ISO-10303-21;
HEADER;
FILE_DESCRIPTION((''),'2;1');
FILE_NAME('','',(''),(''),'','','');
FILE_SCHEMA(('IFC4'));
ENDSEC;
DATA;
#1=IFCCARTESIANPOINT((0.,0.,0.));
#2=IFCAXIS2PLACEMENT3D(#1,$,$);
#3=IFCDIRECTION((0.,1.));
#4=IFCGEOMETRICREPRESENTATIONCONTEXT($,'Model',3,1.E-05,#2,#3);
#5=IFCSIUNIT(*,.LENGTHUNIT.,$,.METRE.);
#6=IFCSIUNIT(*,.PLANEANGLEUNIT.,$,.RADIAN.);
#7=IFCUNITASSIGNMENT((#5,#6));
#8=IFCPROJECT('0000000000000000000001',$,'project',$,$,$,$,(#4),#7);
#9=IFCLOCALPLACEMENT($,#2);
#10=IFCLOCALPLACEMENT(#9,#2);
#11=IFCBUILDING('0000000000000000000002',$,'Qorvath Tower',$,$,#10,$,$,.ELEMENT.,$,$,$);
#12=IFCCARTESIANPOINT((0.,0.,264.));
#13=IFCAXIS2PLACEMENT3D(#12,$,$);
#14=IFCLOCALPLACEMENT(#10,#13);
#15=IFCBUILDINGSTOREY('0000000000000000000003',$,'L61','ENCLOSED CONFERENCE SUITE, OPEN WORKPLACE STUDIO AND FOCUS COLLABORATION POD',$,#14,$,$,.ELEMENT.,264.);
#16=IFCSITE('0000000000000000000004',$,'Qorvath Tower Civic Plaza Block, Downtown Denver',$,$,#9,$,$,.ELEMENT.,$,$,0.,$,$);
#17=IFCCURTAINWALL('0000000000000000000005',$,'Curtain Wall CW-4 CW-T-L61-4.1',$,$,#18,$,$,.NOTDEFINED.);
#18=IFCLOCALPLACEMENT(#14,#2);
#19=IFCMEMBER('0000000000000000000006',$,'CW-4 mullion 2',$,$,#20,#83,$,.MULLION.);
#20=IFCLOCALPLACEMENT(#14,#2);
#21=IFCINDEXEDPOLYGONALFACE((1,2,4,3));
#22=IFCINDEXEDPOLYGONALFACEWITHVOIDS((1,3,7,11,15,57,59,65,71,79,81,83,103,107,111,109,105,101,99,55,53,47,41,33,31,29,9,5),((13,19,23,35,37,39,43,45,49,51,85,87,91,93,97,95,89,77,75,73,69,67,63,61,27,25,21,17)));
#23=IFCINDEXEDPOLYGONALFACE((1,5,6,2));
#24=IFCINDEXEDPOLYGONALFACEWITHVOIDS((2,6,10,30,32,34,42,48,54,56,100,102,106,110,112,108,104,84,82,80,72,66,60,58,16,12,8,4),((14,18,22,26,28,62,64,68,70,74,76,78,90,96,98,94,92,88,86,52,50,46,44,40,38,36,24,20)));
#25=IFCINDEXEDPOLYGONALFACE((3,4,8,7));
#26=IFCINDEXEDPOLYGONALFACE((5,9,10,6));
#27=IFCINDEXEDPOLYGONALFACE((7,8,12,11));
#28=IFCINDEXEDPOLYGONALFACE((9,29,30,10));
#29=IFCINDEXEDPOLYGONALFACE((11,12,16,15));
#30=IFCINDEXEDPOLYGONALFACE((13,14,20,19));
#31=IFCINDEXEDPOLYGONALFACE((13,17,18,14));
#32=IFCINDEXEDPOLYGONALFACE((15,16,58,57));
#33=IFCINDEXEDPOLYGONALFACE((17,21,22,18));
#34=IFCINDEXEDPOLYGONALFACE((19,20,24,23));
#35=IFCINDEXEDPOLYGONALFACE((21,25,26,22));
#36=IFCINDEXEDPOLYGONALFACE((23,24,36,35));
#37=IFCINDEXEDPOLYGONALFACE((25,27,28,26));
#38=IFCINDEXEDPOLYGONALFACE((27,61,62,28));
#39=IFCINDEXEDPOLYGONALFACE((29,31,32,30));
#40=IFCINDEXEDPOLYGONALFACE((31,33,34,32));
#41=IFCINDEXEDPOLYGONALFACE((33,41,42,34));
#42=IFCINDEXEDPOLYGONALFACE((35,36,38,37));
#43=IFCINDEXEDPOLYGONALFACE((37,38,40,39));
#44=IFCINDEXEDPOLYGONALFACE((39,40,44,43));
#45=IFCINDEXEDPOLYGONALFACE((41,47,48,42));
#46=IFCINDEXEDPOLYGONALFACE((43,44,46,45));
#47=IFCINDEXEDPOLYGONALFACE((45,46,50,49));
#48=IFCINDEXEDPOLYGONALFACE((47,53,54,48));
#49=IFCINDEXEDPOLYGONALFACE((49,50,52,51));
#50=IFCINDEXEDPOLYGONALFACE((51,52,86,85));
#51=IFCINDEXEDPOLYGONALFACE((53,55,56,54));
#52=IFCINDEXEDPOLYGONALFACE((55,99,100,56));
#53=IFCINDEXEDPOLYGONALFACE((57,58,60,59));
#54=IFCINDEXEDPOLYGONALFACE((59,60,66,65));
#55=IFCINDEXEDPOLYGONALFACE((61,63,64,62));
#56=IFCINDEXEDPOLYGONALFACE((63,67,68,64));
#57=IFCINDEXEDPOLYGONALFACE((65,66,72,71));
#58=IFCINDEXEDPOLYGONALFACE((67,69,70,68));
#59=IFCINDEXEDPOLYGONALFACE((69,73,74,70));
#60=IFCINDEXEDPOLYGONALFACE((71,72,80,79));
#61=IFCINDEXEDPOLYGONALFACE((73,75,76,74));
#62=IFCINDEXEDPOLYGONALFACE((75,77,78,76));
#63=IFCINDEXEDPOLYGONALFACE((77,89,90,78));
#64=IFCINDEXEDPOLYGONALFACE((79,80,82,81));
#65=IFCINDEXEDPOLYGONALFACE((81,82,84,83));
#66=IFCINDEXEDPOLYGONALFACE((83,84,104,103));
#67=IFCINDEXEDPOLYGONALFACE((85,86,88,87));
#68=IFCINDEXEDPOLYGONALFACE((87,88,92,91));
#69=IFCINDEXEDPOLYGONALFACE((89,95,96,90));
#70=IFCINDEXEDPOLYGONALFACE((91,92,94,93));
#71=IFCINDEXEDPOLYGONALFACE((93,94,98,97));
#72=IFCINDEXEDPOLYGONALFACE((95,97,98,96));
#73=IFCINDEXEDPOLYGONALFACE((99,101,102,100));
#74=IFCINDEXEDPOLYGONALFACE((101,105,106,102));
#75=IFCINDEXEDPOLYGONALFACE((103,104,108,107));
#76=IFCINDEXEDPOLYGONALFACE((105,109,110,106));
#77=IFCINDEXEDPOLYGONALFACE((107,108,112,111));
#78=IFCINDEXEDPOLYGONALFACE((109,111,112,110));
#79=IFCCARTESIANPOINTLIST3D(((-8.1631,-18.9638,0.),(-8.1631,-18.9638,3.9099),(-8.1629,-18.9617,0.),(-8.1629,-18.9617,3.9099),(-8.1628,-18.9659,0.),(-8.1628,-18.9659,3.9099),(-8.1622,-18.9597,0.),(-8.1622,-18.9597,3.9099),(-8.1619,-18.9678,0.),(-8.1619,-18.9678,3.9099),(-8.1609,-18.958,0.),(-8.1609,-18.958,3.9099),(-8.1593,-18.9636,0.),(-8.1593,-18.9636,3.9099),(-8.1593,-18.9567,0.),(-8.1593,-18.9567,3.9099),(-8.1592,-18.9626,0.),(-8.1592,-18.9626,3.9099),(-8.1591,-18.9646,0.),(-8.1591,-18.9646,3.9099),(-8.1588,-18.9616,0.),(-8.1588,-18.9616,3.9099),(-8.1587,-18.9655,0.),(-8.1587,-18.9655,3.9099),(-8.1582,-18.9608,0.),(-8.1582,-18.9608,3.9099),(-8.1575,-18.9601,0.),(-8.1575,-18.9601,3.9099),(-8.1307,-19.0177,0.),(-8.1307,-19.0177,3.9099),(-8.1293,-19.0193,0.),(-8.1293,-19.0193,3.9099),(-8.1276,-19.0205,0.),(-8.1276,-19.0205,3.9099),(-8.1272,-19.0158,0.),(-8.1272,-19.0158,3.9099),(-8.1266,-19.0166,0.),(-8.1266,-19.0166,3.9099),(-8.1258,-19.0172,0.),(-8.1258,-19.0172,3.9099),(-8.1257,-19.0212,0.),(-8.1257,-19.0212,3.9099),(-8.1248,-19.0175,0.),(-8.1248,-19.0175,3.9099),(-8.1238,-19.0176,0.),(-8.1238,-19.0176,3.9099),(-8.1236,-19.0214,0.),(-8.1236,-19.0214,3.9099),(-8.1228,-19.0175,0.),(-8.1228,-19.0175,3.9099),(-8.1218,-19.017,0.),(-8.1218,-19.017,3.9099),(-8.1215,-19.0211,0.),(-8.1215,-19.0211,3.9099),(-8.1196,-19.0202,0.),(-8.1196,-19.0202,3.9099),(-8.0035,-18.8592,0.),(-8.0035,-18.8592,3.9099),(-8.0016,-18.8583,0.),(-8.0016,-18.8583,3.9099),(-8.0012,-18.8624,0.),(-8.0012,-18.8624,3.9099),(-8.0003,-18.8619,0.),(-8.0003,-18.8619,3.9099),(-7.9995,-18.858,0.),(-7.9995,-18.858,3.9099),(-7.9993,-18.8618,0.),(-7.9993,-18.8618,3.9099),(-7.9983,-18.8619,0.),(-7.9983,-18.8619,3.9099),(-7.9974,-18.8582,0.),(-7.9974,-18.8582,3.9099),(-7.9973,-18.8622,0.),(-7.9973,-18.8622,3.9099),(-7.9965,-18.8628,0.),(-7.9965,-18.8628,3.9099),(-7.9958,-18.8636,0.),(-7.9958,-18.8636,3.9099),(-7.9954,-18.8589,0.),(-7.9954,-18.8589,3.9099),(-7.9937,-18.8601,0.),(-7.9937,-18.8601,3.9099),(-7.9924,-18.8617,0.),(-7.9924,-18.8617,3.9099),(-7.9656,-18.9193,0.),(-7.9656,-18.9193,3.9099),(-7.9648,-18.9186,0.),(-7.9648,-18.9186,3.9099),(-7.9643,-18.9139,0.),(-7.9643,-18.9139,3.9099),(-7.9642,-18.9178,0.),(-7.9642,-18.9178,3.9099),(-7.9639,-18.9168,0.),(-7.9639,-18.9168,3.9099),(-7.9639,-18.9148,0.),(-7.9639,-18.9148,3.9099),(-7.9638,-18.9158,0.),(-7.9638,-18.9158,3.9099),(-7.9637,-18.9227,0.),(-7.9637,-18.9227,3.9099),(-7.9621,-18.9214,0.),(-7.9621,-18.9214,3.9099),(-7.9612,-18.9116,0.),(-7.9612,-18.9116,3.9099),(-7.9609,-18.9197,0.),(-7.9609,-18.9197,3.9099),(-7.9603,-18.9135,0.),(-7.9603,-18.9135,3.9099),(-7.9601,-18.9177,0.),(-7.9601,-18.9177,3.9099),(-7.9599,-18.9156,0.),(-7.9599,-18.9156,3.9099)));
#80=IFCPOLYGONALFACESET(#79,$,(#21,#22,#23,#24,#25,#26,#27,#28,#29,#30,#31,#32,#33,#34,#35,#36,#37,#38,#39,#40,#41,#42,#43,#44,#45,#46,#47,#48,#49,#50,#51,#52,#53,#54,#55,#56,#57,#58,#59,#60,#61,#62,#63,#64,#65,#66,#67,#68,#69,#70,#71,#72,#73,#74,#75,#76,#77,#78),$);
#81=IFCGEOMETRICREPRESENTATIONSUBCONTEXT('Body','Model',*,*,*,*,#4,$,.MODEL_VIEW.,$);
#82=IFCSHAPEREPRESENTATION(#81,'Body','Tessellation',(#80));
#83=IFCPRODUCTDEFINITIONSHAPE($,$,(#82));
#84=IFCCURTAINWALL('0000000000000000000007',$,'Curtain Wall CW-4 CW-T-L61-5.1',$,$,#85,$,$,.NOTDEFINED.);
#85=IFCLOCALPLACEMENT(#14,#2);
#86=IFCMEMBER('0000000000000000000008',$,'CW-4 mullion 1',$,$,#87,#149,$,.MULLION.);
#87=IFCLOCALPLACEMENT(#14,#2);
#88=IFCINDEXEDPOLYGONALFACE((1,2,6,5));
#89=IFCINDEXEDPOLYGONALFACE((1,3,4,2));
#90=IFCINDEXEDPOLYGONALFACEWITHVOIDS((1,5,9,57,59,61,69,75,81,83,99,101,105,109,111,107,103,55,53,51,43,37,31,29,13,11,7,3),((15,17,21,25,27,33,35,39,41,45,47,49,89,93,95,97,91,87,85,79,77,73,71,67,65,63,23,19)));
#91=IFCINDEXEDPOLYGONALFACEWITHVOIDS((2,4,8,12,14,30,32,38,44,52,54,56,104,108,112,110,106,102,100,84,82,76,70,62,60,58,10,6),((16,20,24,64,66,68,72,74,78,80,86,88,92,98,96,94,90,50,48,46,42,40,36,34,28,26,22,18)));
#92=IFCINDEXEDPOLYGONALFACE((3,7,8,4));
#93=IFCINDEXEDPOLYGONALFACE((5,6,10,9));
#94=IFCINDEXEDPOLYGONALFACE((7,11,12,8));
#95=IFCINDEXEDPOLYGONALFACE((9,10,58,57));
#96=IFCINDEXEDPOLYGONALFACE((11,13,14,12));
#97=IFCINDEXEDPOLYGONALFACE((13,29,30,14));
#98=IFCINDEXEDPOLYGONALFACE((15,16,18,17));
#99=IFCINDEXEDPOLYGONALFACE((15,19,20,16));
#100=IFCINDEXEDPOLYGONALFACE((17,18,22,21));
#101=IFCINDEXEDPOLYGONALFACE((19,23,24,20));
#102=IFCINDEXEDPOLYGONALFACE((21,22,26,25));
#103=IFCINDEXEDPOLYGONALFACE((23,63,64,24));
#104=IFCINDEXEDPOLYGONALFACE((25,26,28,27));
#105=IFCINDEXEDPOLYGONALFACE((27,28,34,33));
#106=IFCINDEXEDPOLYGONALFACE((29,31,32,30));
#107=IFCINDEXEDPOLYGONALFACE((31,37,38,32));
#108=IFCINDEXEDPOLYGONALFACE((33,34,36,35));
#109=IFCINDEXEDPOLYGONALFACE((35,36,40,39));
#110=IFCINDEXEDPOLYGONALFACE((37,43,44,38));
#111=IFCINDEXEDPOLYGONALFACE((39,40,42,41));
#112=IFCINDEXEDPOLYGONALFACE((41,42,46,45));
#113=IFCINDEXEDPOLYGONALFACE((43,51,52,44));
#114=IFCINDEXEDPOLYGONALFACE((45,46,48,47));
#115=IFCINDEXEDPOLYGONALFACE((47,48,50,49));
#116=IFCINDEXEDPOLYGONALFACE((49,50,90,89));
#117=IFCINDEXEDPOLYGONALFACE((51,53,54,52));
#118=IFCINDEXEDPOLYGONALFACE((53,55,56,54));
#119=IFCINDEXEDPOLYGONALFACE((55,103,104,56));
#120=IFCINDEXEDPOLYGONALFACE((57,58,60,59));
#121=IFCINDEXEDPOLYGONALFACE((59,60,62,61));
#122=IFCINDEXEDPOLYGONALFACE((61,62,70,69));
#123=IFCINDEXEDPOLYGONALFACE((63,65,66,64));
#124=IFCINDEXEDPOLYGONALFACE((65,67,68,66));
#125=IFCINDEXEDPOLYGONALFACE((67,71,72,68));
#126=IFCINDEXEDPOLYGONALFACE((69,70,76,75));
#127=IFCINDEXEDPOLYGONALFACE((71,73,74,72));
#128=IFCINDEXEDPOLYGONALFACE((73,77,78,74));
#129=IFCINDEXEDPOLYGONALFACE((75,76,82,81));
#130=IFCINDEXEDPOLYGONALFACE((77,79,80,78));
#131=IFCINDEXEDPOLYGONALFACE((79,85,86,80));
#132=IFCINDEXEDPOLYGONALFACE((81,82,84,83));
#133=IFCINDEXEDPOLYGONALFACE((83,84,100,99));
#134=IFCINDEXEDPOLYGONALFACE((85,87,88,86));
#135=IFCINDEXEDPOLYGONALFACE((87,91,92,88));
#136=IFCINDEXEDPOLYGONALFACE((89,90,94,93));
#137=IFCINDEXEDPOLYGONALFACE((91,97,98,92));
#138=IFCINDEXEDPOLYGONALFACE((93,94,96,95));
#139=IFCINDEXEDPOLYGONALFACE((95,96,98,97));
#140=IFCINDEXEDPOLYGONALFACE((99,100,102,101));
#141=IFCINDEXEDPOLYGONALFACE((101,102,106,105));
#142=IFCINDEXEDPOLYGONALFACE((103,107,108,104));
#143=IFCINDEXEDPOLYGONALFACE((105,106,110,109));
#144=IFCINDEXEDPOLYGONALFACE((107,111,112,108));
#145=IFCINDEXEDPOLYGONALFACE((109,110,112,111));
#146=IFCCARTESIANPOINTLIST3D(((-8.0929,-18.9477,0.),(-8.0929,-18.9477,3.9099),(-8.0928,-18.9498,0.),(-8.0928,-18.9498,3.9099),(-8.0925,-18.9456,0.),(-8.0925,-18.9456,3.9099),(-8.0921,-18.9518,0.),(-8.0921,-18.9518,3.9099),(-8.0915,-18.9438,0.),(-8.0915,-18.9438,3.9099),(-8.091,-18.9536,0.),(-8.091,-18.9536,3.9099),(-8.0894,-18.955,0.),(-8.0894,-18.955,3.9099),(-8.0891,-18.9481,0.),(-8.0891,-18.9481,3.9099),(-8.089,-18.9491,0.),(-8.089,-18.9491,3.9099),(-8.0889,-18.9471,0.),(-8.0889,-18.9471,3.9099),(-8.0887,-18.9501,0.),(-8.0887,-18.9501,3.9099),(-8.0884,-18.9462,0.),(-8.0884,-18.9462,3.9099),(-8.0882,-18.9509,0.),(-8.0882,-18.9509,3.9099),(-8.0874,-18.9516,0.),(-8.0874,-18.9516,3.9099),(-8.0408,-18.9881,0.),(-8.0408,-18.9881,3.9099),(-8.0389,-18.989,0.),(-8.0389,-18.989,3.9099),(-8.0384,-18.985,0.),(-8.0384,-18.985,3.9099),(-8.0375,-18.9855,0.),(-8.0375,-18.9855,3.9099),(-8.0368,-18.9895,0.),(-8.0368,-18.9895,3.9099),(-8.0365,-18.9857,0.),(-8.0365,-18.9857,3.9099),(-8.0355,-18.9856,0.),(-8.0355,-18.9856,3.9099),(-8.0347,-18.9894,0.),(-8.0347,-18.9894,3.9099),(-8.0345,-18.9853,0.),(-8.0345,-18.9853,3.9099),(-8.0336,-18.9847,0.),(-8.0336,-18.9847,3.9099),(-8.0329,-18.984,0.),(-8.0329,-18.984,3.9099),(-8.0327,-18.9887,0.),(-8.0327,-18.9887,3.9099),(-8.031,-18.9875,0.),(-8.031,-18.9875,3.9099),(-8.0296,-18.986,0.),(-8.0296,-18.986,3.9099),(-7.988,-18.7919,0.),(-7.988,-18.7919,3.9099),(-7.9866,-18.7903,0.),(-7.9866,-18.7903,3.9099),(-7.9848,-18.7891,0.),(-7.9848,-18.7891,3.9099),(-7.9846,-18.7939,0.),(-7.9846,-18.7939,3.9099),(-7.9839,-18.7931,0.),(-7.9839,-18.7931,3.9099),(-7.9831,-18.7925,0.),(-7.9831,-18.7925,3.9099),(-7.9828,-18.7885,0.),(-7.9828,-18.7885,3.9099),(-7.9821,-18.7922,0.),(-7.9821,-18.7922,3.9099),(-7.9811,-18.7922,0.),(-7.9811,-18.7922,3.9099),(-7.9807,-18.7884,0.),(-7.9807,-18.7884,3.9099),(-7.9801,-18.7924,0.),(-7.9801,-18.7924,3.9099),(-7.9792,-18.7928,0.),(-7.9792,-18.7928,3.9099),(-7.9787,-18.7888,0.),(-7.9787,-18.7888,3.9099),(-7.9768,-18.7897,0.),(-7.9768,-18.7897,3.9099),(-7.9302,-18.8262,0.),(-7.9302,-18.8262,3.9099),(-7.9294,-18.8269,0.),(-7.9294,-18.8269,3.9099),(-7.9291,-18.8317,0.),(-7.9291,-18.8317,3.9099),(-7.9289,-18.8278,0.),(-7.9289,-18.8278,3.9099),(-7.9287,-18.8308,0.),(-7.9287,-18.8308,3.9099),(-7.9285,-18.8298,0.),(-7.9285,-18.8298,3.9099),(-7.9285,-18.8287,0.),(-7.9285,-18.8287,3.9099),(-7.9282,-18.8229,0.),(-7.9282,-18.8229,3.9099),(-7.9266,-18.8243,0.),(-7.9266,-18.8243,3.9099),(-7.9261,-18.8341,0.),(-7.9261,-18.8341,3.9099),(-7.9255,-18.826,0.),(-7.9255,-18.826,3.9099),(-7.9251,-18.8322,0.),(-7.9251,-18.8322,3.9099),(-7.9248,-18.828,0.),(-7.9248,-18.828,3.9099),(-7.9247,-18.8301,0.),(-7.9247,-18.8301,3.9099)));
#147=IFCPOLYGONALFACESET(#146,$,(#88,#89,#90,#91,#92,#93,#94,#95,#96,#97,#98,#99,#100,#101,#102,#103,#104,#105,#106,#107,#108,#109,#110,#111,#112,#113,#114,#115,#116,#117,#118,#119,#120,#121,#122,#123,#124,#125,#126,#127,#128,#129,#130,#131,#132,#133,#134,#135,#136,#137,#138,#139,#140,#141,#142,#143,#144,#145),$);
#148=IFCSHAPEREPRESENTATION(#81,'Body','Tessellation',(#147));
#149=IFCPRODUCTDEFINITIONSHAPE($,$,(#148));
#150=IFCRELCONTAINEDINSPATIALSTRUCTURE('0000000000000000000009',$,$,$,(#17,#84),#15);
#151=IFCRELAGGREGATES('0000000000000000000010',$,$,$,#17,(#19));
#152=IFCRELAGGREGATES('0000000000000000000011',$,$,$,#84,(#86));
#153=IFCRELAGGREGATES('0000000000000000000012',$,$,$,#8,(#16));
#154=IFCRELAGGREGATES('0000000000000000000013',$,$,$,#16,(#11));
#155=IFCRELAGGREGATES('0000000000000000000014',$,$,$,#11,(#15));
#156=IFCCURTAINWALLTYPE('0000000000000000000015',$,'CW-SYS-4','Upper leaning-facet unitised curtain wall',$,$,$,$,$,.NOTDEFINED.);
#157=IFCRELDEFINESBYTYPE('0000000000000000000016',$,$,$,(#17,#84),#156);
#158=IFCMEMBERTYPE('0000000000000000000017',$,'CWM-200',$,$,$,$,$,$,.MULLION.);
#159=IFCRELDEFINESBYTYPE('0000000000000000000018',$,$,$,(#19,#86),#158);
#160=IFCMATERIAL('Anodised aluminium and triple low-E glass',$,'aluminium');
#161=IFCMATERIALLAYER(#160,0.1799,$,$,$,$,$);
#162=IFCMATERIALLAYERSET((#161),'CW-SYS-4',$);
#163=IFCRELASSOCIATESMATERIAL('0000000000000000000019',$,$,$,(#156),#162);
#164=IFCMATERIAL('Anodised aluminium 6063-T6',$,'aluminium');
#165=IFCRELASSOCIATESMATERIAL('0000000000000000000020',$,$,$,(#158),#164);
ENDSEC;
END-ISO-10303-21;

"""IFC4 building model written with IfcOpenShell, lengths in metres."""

from ifc_helpers import new_model, si_unit, direction, frame, origin, origin_2d, place, context, subcontext, project, spatial, hollow_rectangle, extrude, material, layer, layer_set, material_profile, profile_set, type_object, element, aggregate, save


model = new_model("IFC4")

# Units and contexts
model_context = context("Model", 3, precision=1e-05, world=origin(), true_north=direction((0.0, 1.0)))
body_context = subcontext(model_context, "Body", "Model", "MODEL_VIEW")
ifc_project = project(units=[si_unit("LENGTHUNIT", "METRE"), si_unit("PLANEANGLEUNIT", "RADIAN")], contexts=[model_context])

# Site, building, storey
site_placement = place(None, origin())
site = spatial("IfcSite", under=ifc_project, at=site_placement, Name="Qorvath Tower Civic Plaza Block, Downtown Denver", CompositionType="ELEMENT", RefElevation=0.0)
building_placement = place(site_placement, origin())
building = spatial("IfcBuilding", under=site, at=building_placement, Name="Qorvath Tower", CompositionType="ELEMENT")
storey_placement = place(building_placement, frame((0.0, 0.0, 264.0)))
storey = spatial("IfcBuildingStorey", under=building, at=storey_placement, Name="L61", Description="ENCLOSED CONFERENCE SUITE, OPEN WORKPLACE STUDIO AND FOCUS COLLABORATION POD", CompositionType="ELEMENT", Elevation=264.0)

# Shared definitions
ifc_material_1 = material(Name="Anodised aluminium and triple low-E glass", Category="aluminium")
ifc_layer_1 = layer(ifc_material_1, 0.1799)
ifc_layer_set_1 = layer_set([ifc_layer_1], Name="CW-SYS-4")
curtain_wall_type = type_object("IfcCurtainWallType", Name="CW-SYS-4", Description="Upper leaning-facet unitised curtain wall", PredefinedType="NOTDEFINED", material=ifc_layer_set_1)
ifc_material_2 = material(Name="Anodised aluminium 6063-T6", Category="aluminium")
ifc_material_profile_1 = material_profile(ifc_material_2, hollow_rectangle(XDim=0.075, YDim=0.2, WallThickness=0.0039, InnerFilletRadius=0.0039, OuterFilletRadius=0.0081, at=origin_2d()), Name="CWM 200x75")
ifc_profile_set_1 = profile_set([ifc_material_profile_1], Name="Anodised aluminium 6063-T6")
member_type_1 = type_object("IfcMemberType", Name="CWM-200", PredefinedType="MULLION", material=ifc_profile_set_1)

# Curtain walls, members
curtain_wall_1_placement = place(storey_placement, origin())
curtain_wall_1 = element("IfcCurtainWall", 1, at=curtain_wall_1_placement, inside=storey, type_object=curtain_wall_type, Name="Curtain Wall CW-4 CW-T-L61-4.1", PredefinedType="NOTDEFINED")
member_1_placement = place(storey_placement, frame((-8.0615, -18.9397, 0.0), z_axis=(0.0, 0.0, 1.0), x_axis=(-0.530412, 0.84774, 0.0)))
member_1 = element("IfcMember", 2, at=member_1_placement, type_object=member_type_1, Name="CW-4 mullion 2", PredefinedType="MULLION", context=body_context, shape_type="SweptSolid", body=[
    extrude(hollow_rectangle(XDim=0.075, YDim=0.2, WallThickness=0.0039, InnerFilletRadius=0.0039, OuterFilletRadius=0.0081, at=origin_2d()), origin(), (0.0, 0.0, 1.0), 3.9099),
])
curtain_wall_2_placement = place(storey_placement, origin())
curtain_wall_2 = element("IfcCurtainWall", 3, at=curtain_wall_2_placement, inside=storey, type_object=curtain_wall_type, Name="Curtain Wall CW-4 CW-T-L61-5.1", PredefinedType="NOTDEFINED")
member_2_placement = place(storey_placement, frame((-8.0088, -18.8889, 0.0), z_axis=(0.0, 0.0, 1.0), x_axis=(-0.826358, 0.563145, 0.0)))
member_2 = element("IfcMember", 4, at=member_2_placement, type_object=member_type_1, Name="CW-4 mullion 1", PredefinedType="MULLION", context=body_context, shape_type="SweptSolid", body=[
    extrude(hollow_rectangle(XDim=0.075, YDim=0.2, WallThickness=0.0039, InnerFilletRadius=0.0039, OuterFilletRadius=0.0081, at=origin_2d()), origin(), (0.0, 0.0, 1.0), 3.9099),
])

aggregate(curtain_wall_1, [member_1])
aggregate(curtain_wall_2, [member_2])

save(model, "model.ifc")
